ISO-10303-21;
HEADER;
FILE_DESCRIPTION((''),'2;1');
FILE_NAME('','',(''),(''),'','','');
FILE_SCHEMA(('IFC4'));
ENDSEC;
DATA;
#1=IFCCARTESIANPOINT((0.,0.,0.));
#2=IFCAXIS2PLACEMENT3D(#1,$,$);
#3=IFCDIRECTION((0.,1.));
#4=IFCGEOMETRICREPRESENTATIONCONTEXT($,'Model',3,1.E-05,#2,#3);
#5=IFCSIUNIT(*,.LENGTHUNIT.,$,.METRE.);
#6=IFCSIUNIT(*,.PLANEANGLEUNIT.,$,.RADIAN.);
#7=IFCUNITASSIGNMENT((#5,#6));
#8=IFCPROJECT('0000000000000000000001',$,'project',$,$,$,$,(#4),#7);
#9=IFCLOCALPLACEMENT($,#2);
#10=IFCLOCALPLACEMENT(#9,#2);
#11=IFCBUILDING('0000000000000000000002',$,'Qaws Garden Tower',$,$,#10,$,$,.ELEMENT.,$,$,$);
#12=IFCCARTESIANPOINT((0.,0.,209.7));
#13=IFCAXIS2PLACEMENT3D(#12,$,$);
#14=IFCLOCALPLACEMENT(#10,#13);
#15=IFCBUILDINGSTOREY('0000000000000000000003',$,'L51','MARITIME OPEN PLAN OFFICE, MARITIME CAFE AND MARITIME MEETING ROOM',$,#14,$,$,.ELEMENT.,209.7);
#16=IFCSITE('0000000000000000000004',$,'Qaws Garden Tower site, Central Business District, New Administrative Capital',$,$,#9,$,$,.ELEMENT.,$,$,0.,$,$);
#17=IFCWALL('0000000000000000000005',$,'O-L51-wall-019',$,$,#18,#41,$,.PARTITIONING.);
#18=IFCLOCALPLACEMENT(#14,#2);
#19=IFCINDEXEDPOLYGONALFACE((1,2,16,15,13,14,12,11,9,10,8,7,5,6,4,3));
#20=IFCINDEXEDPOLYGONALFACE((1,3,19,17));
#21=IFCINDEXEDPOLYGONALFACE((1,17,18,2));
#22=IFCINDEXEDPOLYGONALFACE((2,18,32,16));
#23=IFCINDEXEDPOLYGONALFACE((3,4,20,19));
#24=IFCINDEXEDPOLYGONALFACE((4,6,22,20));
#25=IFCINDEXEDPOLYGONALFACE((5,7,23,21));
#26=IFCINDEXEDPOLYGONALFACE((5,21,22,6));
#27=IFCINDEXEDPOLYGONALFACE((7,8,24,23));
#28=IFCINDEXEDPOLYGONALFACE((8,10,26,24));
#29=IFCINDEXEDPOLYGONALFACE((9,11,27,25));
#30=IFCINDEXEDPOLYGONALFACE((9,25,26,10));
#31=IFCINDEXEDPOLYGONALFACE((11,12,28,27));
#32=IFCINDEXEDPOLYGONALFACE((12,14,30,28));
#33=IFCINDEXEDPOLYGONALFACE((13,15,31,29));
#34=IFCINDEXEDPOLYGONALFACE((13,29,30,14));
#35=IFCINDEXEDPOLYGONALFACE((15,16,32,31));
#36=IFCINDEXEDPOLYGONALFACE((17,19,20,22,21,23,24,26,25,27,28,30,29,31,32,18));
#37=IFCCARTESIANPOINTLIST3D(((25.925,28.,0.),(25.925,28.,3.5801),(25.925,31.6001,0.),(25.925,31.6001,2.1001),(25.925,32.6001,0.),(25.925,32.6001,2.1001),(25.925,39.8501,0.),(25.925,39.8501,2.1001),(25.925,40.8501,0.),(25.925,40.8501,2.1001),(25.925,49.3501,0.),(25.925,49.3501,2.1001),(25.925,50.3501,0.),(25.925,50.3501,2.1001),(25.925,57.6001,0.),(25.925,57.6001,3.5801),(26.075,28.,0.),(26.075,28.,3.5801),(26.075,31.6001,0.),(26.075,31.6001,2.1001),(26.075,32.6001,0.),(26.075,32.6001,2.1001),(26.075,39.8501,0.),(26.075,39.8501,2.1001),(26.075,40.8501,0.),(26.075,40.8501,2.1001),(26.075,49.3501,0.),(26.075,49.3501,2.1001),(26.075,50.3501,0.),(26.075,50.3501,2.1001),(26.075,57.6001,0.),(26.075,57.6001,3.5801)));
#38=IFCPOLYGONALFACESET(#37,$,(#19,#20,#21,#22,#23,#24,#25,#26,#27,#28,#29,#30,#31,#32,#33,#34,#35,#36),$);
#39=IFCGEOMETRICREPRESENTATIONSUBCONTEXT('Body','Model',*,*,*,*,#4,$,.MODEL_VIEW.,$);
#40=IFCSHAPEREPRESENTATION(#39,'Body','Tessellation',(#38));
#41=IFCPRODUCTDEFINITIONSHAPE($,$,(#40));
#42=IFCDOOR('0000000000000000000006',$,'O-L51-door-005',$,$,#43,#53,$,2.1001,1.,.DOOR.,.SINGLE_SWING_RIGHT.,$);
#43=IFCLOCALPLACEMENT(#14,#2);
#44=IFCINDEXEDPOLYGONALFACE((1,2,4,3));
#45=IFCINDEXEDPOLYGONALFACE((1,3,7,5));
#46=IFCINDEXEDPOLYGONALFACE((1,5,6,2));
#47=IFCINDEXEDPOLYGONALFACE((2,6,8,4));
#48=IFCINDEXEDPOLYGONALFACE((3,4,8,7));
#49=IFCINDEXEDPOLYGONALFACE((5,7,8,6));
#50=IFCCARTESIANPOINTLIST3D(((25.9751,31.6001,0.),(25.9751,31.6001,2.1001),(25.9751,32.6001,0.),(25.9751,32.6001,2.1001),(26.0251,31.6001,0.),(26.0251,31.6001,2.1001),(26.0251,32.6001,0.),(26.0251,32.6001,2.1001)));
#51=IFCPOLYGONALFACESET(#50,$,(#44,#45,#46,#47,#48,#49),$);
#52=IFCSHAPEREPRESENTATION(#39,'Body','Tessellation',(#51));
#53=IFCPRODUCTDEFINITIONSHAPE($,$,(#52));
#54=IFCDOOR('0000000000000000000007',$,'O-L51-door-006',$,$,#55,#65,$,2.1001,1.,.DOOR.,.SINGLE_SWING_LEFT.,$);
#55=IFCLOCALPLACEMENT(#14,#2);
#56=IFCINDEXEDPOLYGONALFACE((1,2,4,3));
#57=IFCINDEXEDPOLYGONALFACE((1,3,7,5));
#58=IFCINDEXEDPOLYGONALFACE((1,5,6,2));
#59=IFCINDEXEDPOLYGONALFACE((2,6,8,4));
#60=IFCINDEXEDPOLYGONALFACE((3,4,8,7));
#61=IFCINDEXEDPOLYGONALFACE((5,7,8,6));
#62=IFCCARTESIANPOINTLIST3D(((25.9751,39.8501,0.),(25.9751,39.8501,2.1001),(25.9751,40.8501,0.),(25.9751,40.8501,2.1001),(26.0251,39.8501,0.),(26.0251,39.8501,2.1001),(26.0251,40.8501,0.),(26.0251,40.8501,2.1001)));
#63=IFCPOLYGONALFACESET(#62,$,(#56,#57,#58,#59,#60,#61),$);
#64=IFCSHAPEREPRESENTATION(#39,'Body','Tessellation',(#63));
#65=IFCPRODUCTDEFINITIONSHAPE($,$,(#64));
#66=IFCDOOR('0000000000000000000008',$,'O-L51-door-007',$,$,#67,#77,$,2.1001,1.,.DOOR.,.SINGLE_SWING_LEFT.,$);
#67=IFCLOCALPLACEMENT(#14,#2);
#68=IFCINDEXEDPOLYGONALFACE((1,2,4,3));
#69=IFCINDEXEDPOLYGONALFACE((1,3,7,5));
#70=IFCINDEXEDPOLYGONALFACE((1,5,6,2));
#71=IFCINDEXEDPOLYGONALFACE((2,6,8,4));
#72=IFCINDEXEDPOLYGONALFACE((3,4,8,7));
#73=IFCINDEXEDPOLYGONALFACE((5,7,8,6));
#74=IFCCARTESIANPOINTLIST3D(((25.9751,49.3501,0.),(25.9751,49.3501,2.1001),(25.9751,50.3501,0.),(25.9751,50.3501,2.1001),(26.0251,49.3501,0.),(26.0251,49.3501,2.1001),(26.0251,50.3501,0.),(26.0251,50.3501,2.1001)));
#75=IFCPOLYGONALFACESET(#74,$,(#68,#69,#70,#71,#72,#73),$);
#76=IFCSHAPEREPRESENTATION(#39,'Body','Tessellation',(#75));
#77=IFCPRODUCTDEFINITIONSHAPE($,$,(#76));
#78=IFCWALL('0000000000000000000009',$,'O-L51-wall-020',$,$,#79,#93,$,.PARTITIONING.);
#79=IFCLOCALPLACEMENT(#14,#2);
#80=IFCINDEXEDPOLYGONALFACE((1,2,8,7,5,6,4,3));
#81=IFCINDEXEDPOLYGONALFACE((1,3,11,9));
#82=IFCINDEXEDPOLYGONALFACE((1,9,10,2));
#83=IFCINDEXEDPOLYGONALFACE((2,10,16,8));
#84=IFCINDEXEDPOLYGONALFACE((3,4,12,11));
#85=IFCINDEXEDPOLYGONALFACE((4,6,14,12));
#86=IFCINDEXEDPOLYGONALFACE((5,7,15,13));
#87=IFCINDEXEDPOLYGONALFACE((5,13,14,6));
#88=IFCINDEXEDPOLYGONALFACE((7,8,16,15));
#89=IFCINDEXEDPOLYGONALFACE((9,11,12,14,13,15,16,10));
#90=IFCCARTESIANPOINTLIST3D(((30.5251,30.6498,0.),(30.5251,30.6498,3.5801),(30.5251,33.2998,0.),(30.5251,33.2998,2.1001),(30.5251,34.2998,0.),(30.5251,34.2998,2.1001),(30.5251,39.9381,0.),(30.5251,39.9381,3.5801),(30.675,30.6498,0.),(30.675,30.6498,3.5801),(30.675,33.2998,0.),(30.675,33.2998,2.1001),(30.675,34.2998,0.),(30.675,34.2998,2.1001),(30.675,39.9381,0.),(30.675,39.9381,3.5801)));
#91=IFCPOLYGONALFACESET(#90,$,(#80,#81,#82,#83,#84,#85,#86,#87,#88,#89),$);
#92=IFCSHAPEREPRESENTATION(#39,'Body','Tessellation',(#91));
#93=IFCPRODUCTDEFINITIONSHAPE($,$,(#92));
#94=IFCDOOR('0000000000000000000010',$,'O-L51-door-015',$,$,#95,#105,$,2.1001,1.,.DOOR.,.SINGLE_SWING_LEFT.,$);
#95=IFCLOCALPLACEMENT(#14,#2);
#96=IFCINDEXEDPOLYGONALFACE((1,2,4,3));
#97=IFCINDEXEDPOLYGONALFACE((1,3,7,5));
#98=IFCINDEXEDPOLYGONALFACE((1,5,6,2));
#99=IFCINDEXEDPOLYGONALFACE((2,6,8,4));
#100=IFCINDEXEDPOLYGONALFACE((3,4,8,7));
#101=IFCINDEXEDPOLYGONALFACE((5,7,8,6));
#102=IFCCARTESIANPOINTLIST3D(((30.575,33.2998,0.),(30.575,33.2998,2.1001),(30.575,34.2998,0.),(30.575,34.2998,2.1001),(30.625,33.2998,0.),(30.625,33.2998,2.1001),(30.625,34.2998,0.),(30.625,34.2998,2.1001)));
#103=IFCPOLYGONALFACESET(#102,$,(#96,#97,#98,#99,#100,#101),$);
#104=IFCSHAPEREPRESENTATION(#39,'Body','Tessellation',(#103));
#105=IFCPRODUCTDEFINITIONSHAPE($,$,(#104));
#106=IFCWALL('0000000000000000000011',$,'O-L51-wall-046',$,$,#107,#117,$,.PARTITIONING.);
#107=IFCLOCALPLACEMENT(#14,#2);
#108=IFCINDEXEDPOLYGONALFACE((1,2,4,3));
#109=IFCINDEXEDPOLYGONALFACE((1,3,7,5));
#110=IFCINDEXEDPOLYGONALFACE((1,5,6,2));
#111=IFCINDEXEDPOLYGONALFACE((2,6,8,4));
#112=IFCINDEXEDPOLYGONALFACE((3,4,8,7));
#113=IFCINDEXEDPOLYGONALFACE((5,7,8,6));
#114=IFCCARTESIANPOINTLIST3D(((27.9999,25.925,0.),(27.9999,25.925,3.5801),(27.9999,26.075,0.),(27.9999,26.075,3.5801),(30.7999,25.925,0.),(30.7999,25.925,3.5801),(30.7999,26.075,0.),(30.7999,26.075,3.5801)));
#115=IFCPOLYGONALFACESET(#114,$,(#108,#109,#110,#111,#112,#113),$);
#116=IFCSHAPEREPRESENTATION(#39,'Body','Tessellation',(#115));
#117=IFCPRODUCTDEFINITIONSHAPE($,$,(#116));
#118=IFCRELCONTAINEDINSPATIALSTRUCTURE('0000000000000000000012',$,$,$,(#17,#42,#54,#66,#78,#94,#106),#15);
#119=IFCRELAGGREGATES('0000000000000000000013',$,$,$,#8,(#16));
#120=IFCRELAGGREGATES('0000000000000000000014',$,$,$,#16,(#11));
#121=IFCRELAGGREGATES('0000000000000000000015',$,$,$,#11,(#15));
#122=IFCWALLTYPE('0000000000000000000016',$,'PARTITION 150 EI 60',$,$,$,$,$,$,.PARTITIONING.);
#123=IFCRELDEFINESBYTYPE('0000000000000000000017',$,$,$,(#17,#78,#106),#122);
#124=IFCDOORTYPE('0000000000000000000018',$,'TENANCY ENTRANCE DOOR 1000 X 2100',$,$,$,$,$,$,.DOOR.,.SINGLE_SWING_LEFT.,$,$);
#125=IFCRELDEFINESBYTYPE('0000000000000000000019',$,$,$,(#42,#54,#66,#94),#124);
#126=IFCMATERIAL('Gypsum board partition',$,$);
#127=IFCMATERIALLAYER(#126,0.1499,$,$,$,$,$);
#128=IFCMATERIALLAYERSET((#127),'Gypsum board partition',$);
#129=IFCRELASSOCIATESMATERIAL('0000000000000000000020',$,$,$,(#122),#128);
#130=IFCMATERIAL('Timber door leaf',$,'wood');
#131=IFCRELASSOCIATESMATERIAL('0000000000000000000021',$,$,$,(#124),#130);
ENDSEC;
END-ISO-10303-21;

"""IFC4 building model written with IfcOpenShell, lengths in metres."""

from ifc_helpers import new_model, si_unit, direction, frame, frame_2d, origin, place, context, subcontext, project, spatial, rectangle, extrude, material, layer, layer_set, type_object, element, fill, save


model = new_model("IFC4")

# Units and contexts
model_context = context("Model", 3, precision=1e-05, world=origin(), true_north=direction((0.0, 1.0)))
body_context = subcontext(model_context, "Body", "Model", "MODEL_VIEW")
ifc_project = project(units=[si_unit("LENGTHUNIT", "METRE"), si_unit("PLANEANGLEUNIT", "RADIAN")], contexts=[model_context])

# Site, building, storey
site_placement = place(None, origin())
site = spatial("IfcSite", under=ifc_project, at=site_placement, Name="Qaws Garden Tower site, Central Business District, New Administrative Capital", CompositionType="ELEMENT", RefElevation=0.0)
building_placement = place(site_placement, origin())
building = spatial("IfcBuilding", under=site, at=building_placement, Name="Qaws Garden Tower", CompositionType="ELEMENT")
storey_placement = place(building_placement, frame((0.0, 0.0, 209.7)))
storey = spatial("IfcBuildingStorey", under=building, at=storey_placement, Name="L51", Description="MARITIME OPEN PLAN OFFICE, MARITIME CAFE AND MARITIME MEETING ROOM", CompositionType="ELEMENT", Elevation=209.7)

# Shared definitions
ifc_material_1 = material(Name="Gypsum board partition")
ifc_layer_1 = layer(ifc_material_1, 0.1499)
ifc_layer_set_1 = layer_set([ifc_layer_1], Name="Gypsum board partition")
wall_type_1 = type_object("IfcWallType", Name="PARTITION 150 EI 60", PredefinedType="PARTITIONING", material=ifc_layer_set_1)

# Wall, openings, doors
wall_1_placement = place(storey_placement, frame((26.0, 28.0, 0.0), z_axis=(0.0, 0.0, 1.0), x_axis=(0.0, 1.0, 0.0)))
wall_1 = element("IfcWall", 1, at=wall_1_placement, inside=storey, type_object=wall_type_1, Name="O-L51-wall-019", PredefinedType="PARTITIONING", context=body_context, shape_type="SweptSolid", body=[
    extrude(rectangle(XDim=29.6001, YDim=0.1499, at=frame_2d((14.8, 0.0))), origin(), (0.0, 0.0, 1.0), 3.5801),
])
opening_1_placement = place(wall_1_placement, frame((3.6001, 0.0, 0.0)))
opening_1 = element("IfcOpeningElement", 2, at=opening_1_placement, cuts=wall_1, PredefinedType="OPENING", context=body_context, shape_type="SweptSolid", body=[
    extrude(rectangle(XDim=1.0, YDim=2.1001, at=frame_2d((0.5, 1.05))), frame((0.0, 0.085, 0.0), z_axis=(0.0, -1.0, 0.0), x_axis=(1.0, 0.0, 0.0)), (0.0, 0.0, 1.0), 0.1699),
])
opening_2_placement = place(wall_1_placement, frame((11.8501, 0.0, 0.0)))
opening_2 = element("IfcOpeningElement", 3, at=opening_2_placement, cuts=wall_1, PredefinedType="OPENING", context=body_context, shape_type="SweptSolid", body=[
    extrude(rectangle(XDim=1.0, YDim=2.1001, at=frame_2d((0.5, 1.05))), frame((0.0, 0.085, 0.0), z_axis=(0.0, -1.0, 0.0), x_axis=(1.0, 0.0, 0.0)), (0.0, 0.0, 1.0), 0.1699),
])
opening_3_placement = place(wall_1_placement, frame((21.3501, 0.0, 0.0)))
opening_3 = element("IfcOpeningElement", 4, at=opening_3_placement, cuts=wall_1, PredefinedType="OPENING", context=body_context, shape_type="SweptSolid", body=[
    extrude(rectangle(XDim=1.0, YDim=2.1001, at=frame_2d((0.5, 1.05))), frame((0.0, 0.085, 0.0), z_axis=(0.0, -1.0, 0.0), x_axis=(1.0, 0.0, 0.0)), (0.0, 0.0, 1.0), 0.1699),
])
ifc_material_2 = material(Name="Timber door leaf", Category="wood")
door_type_1 = type_object("IfcDoorType", Name="TENANCY ENTRANCE DOOR 1000 X 2100", OperationType="SINGLE_SWING_LEFT", PredefinedType="DOOR", material=ifc_material_2)
door_1_placement = place(opening_1_placement, origin())
door_1 = element("IfcDoor", 5, at=door_1_placement, inside=storey, type_object=door_type_1, Name="O-L51-door-005", OperationType="SINGLE_SWING_RIGHT", OverallHeight=2.1001, OverallWidth=1.0, PredefinedType="DOOR", context=body_context, shape_type="SweptSolid", body=[
    extrude(rectangle(XDim=1.0, YDim=2.1001, at=frame_2d((0.5, 1.05))), frame((0.0, 0.0249, 0.0), z_axis=(0.0, -1.0, 0.0), x_axis=(1.0, 0.0, 0.0)), (0.0, 0.0, 1.0), 0.05),
])
fill(opening_1, door_1)
door_2_placement = place(opening_2_placement, origin())
door_2 = element("IfcDoor", 6, at=door_2_placement, inside=storey, type_object=door_type_1, Name="O-L51-door-006", OperationType="SINGLE_SWING_LEFT", OverallHeight=2.1001, OverallWidth=1.0, PredefinedType="DOOR", context=body_context, shape_type="SweptSolid", body=[
    extrude(rectangle(XDim=1.0, YDim=2.1001, at=frame_2d((0.5, 1.05))), frame((0.0, 0.0249, 0.0), z_axis=(0.0, -1.0, 0.0), x_axis=(1.0, 0.0, 0.0)), (0.0, 0.0, 1.0), 0.05),
])
fill(opening_2, door_2)
door_3_placement = place(opening_3_placement, origin())
door_3 = element("IfcDoor", 7, at=door_3_placement, inside=storey, type_object=door_type_1, Name="O-L51-door-007", OperationType="SINGLE_SWING_LEFT", OverallHeight=2.1001, OverallWidth=1.0, PredefinedType="DOOR", context=body_context, shape_type="SweptSolid", body=[
    extrude(rectangle(XDim=1.0, YDim=2.1001, at=frame_2d((0.5, 1.05))), frame((0.0, 0.0249, 0.0), z_axis=(0.0, -1.0, 0.0), x_axis=(1.0, 0.0, 0.0)), (0.0, 0.0, 1.0), 0.05),
])
fill(opening_3, door_3)

# Wall, opening, door
wall_2_placement = place(storey_placement, frame((30.6001, 30.6499, 0.0), z_axis=(0.0, 0.0, 1.0), x_axis=(0.0, 1.0, 0.0)))
wall_2 = element("IfcWall", 8, at=wall_2_placement, inside=storey, type_object=wall_type_1, Name="O-L51-wall-020", PredefinedType="PARTITIONING", context=body_context, shape_type="SweptSolid", body=[
    extrude(rectangle(XDim=9.2883, YDim=0.1499, at=frame_2d((4.644, 0.0))), origin(), (0.0, 0.0, 1.0), 3.5801),
])
opening_4_placement = place(wall_2_placement, frame((2.6499, 0.0, 0.0)))
opening_4 = element("IfcOpeningElement", 9, at=opening_4_placement, cuts=wall_2, PredefinedType="OPENING", context=body_context, shape_type="SweptSolid", body=[
    extrude(rectangle(XDim=1.0, YDim=2.1001, at=frame_2d((0.5, 1.05))), frame((0.0, 0.085, 0.0), z_axis=(0.0, -1.0, 0.0), x_axis=(1.0, 0.0, 0.0)), (0.0, 0.0, 1.0), 0.1699),
])
door_4_placement = place(opening_4_placement, frame((1.0, 0.0, 0.0), z_axis=(0.0, 0.0, 1.0), x_axis=(-1.0, 0.0, 0.0)))
door_4 = element("IfcDoor", 10, at=door_4_placement, inside=storey, type_object=door_type_1, Name="O-L51-door-015", OperationType="SINGLE_SWING_LEFT", OverallHeight=2.1001, OverallWidth=1.0, PredefinedType="DOOR", context=body_context, shape_type="SweptSolid", body=[
    extrude(rectangle(XDim=1.0, YDim=2.1001, at=frame_2d((0.5, 1.05))), frame((0.0, 0.0249, 0.0), z_axis=(0.0, -1.0, 0.0), x_axis=(1.0, 0.0, 0.0)), (0.0, 0.0, 1.0), 0.05),
])
fill(opening_4, door_4)

# Wall
wall_3_placement = place(storey_placement, frame((28.0, 26.0, 0.0), z_axis=(0.0, 0.0, 1.0), x_axis=(1.0, 0.0, 0.0)))
element("IfcWall", 11, at=wall_3_placement, inside=storey, type_object=wall_type_1, Name="O-L51-wall-046", PredefinedType="PARTITIONING", context=body_context, shape_type="SweptSolid", body=[
    extrude(rectangle(XDim=2.8, YDim=0.1499, at=frame_2d((1.3999, 0.0))), origin(), (0.0, 0.0, 1.0), 3.5801),
])

save(model, "model.ifc")
